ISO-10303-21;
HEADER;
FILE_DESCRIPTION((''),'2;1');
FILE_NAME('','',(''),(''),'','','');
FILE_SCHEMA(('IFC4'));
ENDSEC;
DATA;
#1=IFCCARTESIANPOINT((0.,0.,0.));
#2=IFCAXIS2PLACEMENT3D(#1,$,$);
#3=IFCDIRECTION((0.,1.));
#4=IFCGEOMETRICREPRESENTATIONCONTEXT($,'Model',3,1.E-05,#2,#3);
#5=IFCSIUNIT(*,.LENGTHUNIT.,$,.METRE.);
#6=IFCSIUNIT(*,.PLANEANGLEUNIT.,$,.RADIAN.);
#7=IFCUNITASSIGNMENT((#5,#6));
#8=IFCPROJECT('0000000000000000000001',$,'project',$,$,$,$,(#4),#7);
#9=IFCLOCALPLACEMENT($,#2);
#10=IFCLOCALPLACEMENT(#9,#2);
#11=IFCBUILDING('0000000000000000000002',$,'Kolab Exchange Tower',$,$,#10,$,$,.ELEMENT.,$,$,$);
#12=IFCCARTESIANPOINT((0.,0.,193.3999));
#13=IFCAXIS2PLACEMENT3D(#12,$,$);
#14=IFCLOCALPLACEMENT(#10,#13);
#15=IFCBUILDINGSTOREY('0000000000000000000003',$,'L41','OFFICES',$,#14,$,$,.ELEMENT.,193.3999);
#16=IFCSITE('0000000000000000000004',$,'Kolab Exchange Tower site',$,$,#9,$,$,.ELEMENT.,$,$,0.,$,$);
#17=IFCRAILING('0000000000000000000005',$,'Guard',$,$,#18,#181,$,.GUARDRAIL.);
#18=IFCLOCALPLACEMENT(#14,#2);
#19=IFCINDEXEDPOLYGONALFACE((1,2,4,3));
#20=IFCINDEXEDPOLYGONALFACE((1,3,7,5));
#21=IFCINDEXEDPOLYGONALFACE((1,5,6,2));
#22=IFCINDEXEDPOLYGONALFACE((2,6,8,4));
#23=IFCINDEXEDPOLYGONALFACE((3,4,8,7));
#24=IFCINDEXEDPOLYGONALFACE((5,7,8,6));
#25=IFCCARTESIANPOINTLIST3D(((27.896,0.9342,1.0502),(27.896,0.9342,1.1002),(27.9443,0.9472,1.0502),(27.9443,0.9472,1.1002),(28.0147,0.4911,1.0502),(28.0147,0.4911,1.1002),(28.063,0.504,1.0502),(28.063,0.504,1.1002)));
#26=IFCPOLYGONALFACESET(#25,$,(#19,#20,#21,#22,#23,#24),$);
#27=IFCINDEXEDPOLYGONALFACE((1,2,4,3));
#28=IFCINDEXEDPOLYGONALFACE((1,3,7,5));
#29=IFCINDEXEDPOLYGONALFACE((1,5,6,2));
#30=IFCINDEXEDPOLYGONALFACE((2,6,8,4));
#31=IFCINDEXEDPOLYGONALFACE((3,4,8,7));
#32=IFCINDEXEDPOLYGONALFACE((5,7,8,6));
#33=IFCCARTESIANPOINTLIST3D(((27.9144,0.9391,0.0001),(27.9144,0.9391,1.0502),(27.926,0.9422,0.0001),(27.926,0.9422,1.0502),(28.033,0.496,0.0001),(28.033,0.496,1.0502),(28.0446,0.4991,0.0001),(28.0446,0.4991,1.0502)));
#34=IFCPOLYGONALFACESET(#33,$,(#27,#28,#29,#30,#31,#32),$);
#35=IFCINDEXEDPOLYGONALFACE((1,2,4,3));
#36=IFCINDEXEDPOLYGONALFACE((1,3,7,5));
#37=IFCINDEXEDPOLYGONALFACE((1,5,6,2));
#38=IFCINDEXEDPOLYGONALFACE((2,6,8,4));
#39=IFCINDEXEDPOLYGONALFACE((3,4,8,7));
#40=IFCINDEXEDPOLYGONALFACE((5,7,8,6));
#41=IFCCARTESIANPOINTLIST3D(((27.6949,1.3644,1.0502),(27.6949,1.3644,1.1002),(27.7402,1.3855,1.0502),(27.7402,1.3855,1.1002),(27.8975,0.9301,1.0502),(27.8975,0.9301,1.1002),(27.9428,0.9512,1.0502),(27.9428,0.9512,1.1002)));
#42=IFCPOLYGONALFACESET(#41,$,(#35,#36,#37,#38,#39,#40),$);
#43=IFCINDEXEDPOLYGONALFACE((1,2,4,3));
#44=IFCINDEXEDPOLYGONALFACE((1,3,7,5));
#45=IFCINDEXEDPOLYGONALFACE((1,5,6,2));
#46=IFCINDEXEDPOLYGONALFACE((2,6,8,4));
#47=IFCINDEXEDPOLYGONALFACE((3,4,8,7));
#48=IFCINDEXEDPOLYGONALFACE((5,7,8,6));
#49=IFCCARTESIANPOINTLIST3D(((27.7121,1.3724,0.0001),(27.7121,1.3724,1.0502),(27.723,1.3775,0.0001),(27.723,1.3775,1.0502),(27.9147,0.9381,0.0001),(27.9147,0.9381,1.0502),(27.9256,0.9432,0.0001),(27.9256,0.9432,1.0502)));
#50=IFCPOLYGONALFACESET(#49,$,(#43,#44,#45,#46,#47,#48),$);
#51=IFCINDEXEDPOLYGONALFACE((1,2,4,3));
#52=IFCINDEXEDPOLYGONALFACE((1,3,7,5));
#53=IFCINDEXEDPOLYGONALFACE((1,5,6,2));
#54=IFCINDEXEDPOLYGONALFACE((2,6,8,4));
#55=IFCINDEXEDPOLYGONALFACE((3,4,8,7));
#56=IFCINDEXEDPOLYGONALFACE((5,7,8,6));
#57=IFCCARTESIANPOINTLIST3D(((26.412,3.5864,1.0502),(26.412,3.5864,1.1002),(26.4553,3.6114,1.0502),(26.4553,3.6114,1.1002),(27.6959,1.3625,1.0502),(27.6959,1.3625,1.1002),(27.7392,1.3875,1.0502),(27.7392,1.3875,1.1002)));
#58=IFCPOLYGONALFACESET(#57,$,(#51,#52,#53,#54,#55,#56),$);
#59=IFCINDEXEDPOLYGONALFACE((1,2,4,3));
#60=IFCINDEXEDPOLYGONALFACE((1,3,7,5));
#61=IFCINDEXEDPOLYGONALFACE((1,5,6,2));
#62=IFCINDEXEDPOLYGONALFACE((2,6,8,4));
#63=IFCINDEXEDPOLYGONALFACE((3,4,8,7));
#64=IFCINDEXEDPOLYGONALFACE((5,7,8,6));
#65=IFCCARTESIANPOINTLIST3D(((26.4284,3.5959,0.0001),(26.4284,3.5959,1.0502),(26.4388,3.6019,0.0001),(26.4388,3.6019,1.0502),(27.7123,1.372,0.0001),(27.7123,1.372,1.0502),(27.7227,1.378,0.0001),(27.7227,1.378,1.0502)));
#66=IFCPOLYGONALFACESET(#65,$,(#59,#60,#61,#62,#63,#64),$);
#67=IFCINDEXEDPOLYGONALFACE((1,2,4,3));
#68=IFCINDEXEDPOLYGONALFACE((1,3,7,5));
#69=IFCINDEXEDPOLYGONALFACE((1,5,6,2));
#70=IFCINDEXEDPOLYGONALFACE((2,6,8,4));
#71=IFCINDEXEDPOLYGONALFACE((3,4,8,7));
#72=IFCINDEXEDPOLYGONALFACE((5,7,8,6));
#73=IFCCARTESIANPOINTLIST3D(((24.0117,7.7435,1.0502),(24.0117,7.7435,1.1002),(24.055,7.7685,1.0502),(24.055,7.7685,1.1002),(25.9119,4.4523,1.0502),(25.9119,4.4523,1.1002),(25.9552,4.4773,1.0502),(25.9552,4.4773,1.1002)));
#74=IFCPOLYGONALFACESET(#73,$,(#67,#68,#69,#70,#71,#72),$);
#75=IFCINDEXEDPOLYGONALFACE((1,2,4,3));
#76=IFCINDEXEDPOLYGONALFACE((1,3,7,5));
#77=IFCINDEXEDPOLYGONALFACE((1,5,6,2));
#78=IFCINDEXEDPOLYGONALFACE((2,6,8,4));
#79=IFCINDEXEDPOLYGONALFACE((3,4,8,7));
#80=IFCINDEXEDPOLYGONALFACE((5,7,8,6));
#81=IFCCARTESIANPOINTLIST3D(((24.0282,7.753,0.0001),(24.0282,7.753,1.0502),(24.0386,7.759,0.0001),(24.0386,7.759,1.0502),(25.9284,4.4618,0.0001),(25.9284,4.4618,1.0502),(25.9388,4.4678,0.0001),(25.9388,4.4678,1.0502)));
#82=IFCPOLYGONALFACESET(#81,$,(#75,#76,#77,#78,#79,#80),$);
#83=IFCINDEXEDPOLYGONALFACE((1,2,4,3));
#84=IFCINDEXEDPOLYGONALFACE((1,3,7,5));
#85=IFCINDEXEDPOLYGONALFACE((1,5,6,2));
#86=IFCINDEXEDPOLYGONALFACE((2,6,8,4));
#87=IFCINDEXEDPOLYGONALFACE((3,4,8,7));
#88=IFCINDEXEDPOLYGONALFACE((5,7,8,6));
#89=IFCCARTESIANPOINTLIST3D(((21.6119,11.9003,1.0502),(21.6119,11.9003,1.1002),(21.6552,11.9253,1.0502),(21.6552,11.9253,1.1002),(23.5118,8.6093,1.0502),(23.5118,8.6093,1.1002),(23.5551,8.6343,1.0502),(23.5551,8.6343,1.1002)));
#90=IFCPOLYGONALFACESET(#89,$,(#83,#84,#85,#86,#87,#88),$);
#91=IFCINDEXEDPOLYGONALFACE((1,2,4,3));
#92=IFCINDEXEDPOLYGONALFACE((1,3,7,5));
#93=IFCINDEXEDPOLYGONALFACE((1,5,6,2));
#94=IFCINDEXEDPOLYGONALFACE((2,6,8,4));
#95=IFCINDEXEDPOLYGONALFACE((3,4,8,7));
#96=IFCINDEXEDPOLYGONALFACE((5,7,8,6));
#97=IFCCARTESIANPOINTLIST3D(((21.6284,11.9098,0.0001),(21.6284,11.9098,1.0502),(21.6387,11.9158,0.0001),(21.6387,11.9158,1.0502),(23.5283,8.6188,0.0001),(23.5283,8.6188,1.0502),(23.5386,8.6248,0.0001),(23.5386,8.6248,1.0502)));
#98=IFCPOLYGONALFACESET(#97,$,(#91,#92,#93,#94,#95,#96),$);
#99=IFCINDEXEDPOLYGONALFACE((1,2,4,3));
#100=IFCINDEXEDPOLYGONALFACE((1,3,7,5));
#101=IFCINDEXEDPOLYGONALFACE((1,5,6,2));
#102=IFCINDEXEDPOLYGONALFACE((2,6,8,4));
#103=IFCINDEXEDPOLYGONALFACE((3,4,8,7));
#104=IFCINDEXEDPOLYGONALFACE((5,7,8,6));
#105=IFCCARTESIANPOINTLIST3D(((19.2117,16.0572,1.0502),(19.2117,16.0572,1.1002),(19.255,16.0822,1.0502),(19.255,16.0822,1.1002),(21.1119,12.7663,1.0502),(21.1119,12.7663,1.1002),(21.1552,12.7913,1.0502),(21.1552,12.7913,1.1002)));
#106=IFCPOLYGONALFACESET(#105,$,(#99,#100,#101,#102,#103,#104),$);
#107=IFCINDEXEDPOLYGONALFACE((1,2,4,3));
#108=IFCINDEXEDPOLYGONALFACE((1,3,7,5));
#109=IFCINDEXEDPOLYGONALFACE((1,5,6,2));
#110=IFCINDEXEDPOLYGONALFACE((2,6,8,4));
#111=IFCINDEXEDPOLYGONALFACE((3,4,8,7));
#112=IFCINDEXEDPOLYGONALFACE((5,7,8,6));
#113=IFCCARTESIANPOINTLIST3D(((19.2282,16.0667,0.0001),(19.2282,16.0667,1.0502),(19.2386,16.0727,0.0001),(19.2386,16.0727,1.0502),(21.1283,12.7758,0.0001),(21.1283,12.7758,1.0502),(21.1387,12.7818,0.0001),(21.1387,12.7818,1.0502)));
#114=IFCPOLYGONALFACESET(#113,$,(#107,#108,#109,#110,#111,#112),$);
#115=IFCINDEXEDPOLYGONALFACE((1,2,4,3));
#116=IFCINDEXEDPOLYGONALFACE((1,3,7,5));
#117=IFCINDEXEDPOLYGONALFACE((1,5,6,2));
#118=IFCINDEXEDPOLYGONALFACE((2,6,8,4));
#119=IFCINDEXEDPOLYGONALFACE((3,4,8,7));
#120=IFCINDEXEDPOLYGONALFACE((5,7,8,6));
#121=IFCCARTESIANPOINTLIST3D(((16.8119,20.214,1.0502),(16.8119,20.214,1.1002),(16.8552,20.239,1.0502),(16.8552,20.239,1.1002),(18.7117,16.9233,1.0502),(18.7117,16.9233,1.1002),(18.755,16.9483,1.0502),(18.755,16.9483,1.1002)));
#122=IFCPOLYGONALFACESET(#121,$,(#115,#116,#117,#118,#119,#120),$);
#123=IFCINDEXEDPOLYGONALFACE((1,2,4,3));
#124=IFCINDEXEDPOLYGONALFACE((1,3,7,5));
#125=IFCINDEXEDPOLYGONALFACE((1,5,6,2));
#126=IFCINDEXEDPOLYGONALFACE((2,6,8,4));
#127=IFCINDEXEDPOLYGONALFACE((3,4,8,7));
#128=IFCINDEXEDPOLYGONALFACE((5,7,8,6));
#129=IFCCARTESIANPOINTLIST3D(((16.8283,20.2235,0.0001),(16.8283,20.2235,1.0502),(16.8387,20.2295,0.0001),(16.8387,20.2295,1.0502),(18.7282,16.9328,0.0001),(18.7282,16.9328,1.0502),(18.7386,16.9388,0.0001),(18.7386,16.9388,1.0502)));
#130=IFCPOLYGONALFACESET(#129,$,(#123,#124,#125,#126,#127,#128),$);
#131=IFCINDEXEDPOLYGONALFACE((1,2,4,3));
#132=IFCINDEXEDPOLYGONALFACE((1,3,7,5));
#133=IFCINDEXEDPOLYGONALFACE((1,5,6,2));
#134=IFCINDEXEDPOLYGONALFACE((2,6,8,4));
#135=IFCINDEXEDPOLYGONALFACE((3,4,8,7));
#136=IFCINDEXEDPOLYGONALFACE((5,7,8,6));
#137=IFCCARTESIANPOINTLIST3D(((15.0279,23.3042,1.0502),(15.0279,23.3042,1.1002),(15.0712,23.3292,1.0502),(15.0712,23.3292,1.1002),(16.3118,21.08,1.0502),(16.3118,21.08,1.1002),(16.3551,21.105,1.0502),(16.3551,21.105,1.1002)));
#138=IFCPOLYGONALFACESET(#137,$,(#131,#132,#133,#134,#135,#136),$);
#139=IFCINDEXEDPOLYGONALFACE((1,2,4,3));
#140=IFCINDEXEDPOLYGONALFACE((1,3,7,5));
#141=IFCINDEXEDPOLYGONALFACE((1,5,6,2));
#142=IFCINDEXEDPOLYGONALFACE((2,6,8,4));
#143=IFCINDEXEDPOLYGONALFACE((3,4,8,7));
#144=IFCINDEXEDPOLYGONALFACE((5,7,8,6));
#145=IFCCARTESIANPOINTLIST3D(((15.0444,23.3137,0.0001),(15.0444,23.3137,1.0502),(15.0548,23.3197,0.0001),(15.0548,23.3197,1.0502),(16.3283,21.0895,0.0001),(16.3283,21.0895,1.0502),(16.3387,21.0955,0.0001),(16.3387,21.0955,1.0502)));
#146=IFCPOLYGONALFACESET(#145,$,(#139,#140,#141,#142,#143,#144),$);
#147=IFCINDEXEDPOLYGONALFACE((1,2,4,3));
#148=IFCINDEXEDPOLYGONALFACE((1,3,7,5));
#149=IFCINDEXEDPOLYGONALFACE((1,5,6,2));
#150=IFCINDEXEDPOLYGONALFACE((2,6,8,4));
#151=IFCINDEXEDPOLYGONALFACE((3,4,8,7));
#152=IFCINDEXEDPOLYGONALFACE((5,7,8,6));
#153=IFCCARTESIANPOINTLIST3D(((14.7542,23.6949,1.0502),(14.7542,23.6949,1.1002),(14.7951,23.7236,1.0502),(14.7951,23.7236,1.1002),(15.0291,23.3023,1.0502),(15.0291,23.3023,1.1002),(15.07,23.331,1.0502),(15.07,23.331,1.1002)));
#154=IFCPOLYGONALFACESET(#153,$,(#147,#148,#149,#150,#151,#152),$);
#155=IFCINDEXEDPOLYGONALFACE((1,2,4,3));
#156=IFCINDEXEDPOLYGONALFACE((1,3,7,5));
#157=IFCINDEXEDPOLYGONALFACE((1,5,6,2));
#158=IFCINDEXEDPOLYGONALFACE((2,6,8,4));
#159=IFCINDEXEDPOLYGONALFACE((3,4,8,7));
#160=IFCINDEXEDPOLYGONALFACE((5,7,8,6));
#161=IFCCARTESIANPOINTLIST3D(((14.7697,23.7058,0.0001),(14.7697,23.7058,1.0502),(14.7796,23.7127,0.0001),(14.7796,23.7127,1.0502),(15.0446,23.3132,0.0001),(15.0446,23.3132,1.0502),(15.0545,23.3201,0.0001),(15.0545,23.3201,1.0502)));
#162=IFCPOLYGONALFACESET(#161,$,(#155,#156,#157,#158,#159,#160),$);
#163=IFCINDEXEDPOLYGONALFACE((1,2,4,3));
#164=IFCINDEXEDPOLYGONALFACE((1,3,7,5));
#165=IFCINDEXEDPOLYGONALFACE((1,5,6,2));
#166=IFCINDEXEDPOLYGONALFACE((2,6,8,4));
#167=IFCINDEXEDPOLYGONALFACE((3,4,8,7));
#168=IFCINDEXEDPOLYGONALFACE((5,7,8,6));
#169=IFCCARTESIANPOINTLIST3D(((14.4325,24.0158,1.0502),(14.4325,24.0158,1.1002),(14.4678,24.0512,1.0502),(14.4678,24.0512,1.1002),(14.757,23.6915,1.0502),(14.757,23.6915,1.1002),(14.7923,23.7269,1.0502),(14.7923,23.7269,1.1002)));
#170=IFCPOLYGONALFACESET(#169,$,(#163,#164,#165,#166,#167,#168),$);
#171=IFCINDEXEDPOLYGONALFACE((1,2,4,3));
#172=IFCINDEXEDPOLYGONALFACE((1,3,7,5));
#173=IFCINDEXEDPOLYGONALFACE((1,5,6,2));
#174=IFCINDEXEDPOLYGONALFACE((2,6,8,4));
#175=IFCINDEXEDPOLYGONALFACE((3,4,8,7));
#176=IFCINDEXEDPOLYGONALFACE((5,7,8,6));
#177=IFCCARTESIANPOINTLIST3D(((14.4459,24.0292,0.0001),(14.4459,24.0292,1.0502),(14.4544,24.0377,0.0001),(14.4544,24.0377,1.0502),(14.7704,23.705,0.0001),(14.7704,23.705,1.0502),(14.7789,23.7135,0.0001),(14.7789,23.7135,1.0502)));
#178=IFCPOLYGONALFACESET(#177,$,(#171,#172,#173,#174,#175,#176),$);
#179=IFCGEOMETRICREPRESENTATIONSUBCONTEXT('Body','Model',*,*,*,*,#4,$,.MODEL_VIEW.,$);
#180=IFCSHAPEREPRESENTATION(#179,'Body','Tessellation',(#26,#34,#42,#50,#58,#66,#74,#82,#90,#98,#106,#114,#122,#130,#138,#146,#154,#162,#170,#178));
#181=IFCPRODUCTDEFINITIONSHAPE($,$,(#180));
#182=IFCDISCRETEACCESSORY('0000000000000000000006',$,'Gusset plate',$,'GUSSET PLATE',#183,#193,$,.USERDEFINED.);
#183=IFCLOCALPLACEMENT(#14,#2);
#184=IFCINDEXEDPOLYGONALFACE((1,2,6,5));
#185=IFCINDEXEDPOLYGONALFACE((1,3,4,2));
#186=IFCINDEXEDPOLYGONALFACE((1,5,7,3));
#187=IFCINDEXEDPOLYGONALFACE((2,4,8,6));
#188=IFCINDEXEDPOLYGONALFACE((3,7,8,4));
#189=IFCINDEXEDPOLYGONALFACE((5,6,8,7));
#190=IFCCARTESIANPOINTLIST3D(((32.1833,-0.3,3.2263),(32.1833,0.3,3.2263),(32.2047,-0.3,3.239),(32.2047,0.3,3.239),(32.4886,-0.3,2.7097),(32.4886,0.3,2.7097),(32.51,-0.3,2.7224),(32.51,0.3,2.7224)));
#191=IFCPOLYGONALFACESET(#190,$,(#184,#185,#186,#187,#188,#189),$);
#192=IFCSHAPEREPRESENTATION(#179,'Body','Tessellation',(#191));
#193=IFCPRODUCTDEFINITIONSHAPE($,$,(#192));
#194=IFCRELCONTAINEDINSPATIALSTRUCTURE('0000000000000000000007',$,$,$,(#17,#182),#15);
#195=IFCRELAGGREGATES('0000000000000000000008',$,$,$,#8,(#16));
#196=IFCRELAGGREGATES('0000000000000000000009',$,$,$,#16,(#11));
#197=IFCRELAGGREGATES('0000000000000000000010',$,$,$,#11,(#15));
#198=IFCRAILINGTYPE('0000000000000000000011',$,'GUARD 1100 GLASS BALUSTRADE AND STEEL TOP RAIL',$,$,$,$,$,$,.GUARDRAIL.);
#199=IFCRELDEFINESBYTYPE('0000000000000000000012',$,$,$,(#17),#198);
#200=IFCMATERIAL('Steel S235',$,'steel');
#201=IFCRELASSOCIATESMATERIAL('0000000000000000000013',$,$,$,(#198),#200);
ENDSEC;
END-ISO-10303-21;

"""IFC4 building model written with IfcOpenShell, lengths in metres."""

from ifc_helpers import new_model, si_unit, direction, frame, frame_2d, origin, origin_2d, place, context, subcontext, project, spatial, rectangle, extrude, material, type_object, element, save


model = new_model("IFC4")

# Units and contexts
model_context = context("Model", 3, precision=1e-05, world=origin(), true_north=direction((0.0, 1.0)))
body_context = subcontext(model_context, "Body", "Model", "MODEL_VIEW")
ifc_project = project(units=[si_unit("LENGTHUNIT", "METRE"), si_unit("PLANEANGLEUNIT", "RADIAN")], contexts=[model_context])

# Site, building, storey
site_placement = place(None, origin())
site = spatial("IfcSite", under=ifc_project, at=site_placement, Name="Kolab Exchange Tower site", CompositionType="ELEMENT", RefElevation=0.0)
building_placement = place(site_placement, origin())
building = spatial("IfcBuilding", under=site, at=building_placement, Name="Kolab Exchange Tower", CompositionType="ELEMENT")
storey_placement = place(building_placement, frame((0.0, 0.0, 193.3999)))
storey = spatial("IfcBuildingStorey", under=building, at=storey_placement, Name="L41", Description="OFFICES", CompositionType="ELEMENT", Elevation=193.3999)

# Railing
ifc_material_1 = material(Name="Steel S235", Category="steel")
railing_type = type_object("IfcRailingType", Name="GUARD 1100 GLASS BALUSTRADE AND STEEL TOP RAIL", PredefinedType="GUARDRAIL", material=ifc_material_1)
railing_placement = place(storey_placement, frame((28.0388, 0.4976, 0.0)))
element("IfcRailing", 1, at=railing_placement, inside=storey, type_object=railing_type, Name="Guard", PredefinedType="GUARDRAIL", context=body_context, shape_type="SweptSolid", body=[
    extrude(rectangle(XDim=0.05, YDim=0.05, at=origin_2d()), frame((0.0, 0.0, 1.0752), z_axis=(-0.258656, 0.965969, 0.0), x_axis=(-0.965969, -0.258656, 0.0)), (0.0, 0.0, 1.0), 0.4587),
    extrude(rectangle(XDim=0.012, YDim=1.0501, at=frame_2d((0.0, 0.5251))), frame((0.0, 0.0, 0.0), z_axis=(-0.258656, 0.965969, 0.0), x_axis=(-0.965969, -0.258656, 0.0)), (0.0, 0.0, 1.0), 0.4587),
    extrude(rectangle(XDim=0.05, YDim=0.05, at=origin_2d()), frame((-0.1187, 0.4431, 1.0752), z_axis=(-0.422802, 0.906222, 0.0), x_axis=(-0.906222, -0.422802, 0.0)), (0.0, 0.0, 1.0), 0.4792),
    extrude(rectangle(XDim=0.012, YDim=1.0501, at=frame_2d((0.0, 0.5251))), frame((-0.1187, 0.4431, 0.0), z_axis=(-0.422802, 0.906222, 0.0), x_axis=(-0.906222, -0.422802, 0.0)), (0.0, 0.0, 1.0), 0.4792),
    extrude(rectangle(XDim=0.05, YDim=0.05, at=origin_2d()), frame((-0.3213, 0.8774, 1.0752), z_axis=(-0.499994, 0.866029, 0.0), x_axis=(-0.866029, -0.499994, 0.0)), (0.0, 0.0, 1.0), 2.5679),
    extrude(rectangle(XDim=0.012, YDim=1.0501, at=frame_2d((0.0, 0.5251))), frame((-0.3213, 0.8774, 0.0), z_axis=(-0.499994, 0.866029, 0.0), x_axis=(-0.866029, -0.499994, 0.0)), (0.0, 0.0, 1.0), 2.5679),
    extrude(rectangle(XDim=0.05, YDim=0.05, at=origin_2d()), frame((-2.1052, 3.9673, 1.0752), z_axis=(-0.500015, 0.866017, 0.0), x_axis=(-0.866017, -0.500015, 0.0)), (0.0, 0.0, 1.0), 3.8003),
    extrude(rectangle(XDim=0.012, YDim=1.0501, at=frame_2d((0.0, 0.5251))), frame((-2.1052, 3.9673, 0.0), z_axis=(-0.500015, 0.866017, 0.0), x_axis=(-0.866017, -0.500015, 0.0)), (0.0, 0.0, 1.0), 3.8003),
    extrude(rectangle(XDim=0.05, YDim=0.05, at=origin_2d()), frame((-4.5054, 8.1243, 1.0752), z_axis=(-0.499967, 0.866044, 0.0), x_axis=(-0.866044, -0.499967, 0.0)), (0.0, 0.0, 1.0), 3.8),
    extrude(rectangle(XDim=0.012, YDim=1.0501, at=frame_2d((0.0, 0.5251))), frame((-4.5054, 8.1243, 0.0), z_axis=(-0.499967, 0.866044, 0.0), x_axis=(-0.866044, -0.499967, 0.0)), (0.0, 0.0, 1.0), 3.8),
    extrude(rectangle(XDim=0.05, YDim=0.05, at=origin_2d()), frame((-6.9053, 12.2812, 1.0752), z_axis=(-0.500043, 0.866, 0.0), x_axis=(-0.866, -0.500043, 0.0)), (0.0, 0.0, 1.0), 3.8),
    extrude(rectangle(XDim=0.012, YDim=1.0501, at=frame_2d((0.0, 0.5251))), frame((-6.9053, 12.2812, 0.0), z_axis=(-0.500043, 0.866, 0.0), x_axis=(-0.866, -0.500043, 0.0)), (0.0, 0.0, 1.0), 3.8),
    extrude(rectangle(XDim=0.05, YDim=0.05, at=origin_2d()), frame((-9.3054, 16.4382, 1.0752), z_axis=(-0.499995, 0.866028, 0.0), x_axis=(-0.866028, -0.499995, 0.0)), (0.0, 0.0, 1.0), 3.7998),
    extrude(rectangle(XDim=0.012, YDim=1.0501, at=frame_2d((0.0, 0.5251))), frame((-9.3054, 16.4382, 0.0), z_axis=(-0.499995, 0.866028, 0.0), x_axis=(-0.866028, -0.499995, 0.0)), (0.0, 0.0, 1.0), 3.7998),
    extrude(rectangle(XDim=0.05, YDim=0.05, at=origin_2d()), frame((-11.7053, 20.595, 1.0752), z_axis=(-0.499953, 0.866053, 0.0), x_axis=(-0.866053, -0.499953, 0.0)), (0.0, 0.0, 1.0), 2.5681),
    extrude(rectangle(XDim=0.012, YDim=1.0501, at=frame_2d((0.0, 0.5251))), frame((-11.7053, 20.595, 0.0), z_axis=(-0.499953, 0.866053, 0.0), x_axis=(-0.866053, -0.499953, 0.0)), (0.0, 0.0, 1.0), 2.5681),
    extrude(rectangle(XDim=0.05, YDim=0.05, at=origin_2d()), frame((-12.9893, 22.8191, 1.0752), z_axis=(-0.573599, 0.819136, 0.0), x_axis=(-0.819136, -0.573599, 0.0)), (0.0, 0.0, 1.0), 0.4792),
    extrude(rectangle(XDim=0.012, YDim=1.0501, at=frame_2d((0.0, 0.5251))), frame((-12.9893, 22.8191, 0.0), z_axis=(-0.573599, 0.819136, 0.0), x_axis=(-0.819136, -0.573599, 0.0)), (0.0, 0.0, 1.0), 0.4792),
    extrude(rectangle(XDim=0.05, YDim=0.05, at=origin_2d()), frame((-13.2642, 23.2117, 1.0752), z_axis=(-0.707373, 0.706841, 0.0), x_axis=(-0.706841, -0.707373, 0.0)), (0.0, 0.0, 1.0), 0.4587),
    extrude(rectangle(XDim=0.012, YDim=1.0501, at=frame_2d((0.0, 0.5251))), frame((-13.2642, 23.2117, 0.0), z_axis=(-0.707373, 0.706841, 0.0), x_axis=(-0.706841, -0.707373, 0.0)), (0.0, 0.0, 1.0), 0.4587),
])

# Discrete accessory
discrete_accessory_placement = place(storey_placement, frame((32.3359, 0.0, 2.968), z_axis=(0.860927, 0.0, 0.508729), x_axis=(0.0, 1.0, 0.0)))
element("IfcDiscreteAccessory", 2, at=discrete_accessory_placement, inside=storey, Name="Gusset plate", ObjectType="GUSSET PLATE", PredefinedType="USERDEFINED", context=body_context, shape_type="SweptSolid", body=[
    extrude(rectangle(XDim=0.6001, YDim=0.6001, at=origin_2d()), origin(), (0.0, 0.0, 1.0), 0.0249),
])

save(model, "model.ifc")
